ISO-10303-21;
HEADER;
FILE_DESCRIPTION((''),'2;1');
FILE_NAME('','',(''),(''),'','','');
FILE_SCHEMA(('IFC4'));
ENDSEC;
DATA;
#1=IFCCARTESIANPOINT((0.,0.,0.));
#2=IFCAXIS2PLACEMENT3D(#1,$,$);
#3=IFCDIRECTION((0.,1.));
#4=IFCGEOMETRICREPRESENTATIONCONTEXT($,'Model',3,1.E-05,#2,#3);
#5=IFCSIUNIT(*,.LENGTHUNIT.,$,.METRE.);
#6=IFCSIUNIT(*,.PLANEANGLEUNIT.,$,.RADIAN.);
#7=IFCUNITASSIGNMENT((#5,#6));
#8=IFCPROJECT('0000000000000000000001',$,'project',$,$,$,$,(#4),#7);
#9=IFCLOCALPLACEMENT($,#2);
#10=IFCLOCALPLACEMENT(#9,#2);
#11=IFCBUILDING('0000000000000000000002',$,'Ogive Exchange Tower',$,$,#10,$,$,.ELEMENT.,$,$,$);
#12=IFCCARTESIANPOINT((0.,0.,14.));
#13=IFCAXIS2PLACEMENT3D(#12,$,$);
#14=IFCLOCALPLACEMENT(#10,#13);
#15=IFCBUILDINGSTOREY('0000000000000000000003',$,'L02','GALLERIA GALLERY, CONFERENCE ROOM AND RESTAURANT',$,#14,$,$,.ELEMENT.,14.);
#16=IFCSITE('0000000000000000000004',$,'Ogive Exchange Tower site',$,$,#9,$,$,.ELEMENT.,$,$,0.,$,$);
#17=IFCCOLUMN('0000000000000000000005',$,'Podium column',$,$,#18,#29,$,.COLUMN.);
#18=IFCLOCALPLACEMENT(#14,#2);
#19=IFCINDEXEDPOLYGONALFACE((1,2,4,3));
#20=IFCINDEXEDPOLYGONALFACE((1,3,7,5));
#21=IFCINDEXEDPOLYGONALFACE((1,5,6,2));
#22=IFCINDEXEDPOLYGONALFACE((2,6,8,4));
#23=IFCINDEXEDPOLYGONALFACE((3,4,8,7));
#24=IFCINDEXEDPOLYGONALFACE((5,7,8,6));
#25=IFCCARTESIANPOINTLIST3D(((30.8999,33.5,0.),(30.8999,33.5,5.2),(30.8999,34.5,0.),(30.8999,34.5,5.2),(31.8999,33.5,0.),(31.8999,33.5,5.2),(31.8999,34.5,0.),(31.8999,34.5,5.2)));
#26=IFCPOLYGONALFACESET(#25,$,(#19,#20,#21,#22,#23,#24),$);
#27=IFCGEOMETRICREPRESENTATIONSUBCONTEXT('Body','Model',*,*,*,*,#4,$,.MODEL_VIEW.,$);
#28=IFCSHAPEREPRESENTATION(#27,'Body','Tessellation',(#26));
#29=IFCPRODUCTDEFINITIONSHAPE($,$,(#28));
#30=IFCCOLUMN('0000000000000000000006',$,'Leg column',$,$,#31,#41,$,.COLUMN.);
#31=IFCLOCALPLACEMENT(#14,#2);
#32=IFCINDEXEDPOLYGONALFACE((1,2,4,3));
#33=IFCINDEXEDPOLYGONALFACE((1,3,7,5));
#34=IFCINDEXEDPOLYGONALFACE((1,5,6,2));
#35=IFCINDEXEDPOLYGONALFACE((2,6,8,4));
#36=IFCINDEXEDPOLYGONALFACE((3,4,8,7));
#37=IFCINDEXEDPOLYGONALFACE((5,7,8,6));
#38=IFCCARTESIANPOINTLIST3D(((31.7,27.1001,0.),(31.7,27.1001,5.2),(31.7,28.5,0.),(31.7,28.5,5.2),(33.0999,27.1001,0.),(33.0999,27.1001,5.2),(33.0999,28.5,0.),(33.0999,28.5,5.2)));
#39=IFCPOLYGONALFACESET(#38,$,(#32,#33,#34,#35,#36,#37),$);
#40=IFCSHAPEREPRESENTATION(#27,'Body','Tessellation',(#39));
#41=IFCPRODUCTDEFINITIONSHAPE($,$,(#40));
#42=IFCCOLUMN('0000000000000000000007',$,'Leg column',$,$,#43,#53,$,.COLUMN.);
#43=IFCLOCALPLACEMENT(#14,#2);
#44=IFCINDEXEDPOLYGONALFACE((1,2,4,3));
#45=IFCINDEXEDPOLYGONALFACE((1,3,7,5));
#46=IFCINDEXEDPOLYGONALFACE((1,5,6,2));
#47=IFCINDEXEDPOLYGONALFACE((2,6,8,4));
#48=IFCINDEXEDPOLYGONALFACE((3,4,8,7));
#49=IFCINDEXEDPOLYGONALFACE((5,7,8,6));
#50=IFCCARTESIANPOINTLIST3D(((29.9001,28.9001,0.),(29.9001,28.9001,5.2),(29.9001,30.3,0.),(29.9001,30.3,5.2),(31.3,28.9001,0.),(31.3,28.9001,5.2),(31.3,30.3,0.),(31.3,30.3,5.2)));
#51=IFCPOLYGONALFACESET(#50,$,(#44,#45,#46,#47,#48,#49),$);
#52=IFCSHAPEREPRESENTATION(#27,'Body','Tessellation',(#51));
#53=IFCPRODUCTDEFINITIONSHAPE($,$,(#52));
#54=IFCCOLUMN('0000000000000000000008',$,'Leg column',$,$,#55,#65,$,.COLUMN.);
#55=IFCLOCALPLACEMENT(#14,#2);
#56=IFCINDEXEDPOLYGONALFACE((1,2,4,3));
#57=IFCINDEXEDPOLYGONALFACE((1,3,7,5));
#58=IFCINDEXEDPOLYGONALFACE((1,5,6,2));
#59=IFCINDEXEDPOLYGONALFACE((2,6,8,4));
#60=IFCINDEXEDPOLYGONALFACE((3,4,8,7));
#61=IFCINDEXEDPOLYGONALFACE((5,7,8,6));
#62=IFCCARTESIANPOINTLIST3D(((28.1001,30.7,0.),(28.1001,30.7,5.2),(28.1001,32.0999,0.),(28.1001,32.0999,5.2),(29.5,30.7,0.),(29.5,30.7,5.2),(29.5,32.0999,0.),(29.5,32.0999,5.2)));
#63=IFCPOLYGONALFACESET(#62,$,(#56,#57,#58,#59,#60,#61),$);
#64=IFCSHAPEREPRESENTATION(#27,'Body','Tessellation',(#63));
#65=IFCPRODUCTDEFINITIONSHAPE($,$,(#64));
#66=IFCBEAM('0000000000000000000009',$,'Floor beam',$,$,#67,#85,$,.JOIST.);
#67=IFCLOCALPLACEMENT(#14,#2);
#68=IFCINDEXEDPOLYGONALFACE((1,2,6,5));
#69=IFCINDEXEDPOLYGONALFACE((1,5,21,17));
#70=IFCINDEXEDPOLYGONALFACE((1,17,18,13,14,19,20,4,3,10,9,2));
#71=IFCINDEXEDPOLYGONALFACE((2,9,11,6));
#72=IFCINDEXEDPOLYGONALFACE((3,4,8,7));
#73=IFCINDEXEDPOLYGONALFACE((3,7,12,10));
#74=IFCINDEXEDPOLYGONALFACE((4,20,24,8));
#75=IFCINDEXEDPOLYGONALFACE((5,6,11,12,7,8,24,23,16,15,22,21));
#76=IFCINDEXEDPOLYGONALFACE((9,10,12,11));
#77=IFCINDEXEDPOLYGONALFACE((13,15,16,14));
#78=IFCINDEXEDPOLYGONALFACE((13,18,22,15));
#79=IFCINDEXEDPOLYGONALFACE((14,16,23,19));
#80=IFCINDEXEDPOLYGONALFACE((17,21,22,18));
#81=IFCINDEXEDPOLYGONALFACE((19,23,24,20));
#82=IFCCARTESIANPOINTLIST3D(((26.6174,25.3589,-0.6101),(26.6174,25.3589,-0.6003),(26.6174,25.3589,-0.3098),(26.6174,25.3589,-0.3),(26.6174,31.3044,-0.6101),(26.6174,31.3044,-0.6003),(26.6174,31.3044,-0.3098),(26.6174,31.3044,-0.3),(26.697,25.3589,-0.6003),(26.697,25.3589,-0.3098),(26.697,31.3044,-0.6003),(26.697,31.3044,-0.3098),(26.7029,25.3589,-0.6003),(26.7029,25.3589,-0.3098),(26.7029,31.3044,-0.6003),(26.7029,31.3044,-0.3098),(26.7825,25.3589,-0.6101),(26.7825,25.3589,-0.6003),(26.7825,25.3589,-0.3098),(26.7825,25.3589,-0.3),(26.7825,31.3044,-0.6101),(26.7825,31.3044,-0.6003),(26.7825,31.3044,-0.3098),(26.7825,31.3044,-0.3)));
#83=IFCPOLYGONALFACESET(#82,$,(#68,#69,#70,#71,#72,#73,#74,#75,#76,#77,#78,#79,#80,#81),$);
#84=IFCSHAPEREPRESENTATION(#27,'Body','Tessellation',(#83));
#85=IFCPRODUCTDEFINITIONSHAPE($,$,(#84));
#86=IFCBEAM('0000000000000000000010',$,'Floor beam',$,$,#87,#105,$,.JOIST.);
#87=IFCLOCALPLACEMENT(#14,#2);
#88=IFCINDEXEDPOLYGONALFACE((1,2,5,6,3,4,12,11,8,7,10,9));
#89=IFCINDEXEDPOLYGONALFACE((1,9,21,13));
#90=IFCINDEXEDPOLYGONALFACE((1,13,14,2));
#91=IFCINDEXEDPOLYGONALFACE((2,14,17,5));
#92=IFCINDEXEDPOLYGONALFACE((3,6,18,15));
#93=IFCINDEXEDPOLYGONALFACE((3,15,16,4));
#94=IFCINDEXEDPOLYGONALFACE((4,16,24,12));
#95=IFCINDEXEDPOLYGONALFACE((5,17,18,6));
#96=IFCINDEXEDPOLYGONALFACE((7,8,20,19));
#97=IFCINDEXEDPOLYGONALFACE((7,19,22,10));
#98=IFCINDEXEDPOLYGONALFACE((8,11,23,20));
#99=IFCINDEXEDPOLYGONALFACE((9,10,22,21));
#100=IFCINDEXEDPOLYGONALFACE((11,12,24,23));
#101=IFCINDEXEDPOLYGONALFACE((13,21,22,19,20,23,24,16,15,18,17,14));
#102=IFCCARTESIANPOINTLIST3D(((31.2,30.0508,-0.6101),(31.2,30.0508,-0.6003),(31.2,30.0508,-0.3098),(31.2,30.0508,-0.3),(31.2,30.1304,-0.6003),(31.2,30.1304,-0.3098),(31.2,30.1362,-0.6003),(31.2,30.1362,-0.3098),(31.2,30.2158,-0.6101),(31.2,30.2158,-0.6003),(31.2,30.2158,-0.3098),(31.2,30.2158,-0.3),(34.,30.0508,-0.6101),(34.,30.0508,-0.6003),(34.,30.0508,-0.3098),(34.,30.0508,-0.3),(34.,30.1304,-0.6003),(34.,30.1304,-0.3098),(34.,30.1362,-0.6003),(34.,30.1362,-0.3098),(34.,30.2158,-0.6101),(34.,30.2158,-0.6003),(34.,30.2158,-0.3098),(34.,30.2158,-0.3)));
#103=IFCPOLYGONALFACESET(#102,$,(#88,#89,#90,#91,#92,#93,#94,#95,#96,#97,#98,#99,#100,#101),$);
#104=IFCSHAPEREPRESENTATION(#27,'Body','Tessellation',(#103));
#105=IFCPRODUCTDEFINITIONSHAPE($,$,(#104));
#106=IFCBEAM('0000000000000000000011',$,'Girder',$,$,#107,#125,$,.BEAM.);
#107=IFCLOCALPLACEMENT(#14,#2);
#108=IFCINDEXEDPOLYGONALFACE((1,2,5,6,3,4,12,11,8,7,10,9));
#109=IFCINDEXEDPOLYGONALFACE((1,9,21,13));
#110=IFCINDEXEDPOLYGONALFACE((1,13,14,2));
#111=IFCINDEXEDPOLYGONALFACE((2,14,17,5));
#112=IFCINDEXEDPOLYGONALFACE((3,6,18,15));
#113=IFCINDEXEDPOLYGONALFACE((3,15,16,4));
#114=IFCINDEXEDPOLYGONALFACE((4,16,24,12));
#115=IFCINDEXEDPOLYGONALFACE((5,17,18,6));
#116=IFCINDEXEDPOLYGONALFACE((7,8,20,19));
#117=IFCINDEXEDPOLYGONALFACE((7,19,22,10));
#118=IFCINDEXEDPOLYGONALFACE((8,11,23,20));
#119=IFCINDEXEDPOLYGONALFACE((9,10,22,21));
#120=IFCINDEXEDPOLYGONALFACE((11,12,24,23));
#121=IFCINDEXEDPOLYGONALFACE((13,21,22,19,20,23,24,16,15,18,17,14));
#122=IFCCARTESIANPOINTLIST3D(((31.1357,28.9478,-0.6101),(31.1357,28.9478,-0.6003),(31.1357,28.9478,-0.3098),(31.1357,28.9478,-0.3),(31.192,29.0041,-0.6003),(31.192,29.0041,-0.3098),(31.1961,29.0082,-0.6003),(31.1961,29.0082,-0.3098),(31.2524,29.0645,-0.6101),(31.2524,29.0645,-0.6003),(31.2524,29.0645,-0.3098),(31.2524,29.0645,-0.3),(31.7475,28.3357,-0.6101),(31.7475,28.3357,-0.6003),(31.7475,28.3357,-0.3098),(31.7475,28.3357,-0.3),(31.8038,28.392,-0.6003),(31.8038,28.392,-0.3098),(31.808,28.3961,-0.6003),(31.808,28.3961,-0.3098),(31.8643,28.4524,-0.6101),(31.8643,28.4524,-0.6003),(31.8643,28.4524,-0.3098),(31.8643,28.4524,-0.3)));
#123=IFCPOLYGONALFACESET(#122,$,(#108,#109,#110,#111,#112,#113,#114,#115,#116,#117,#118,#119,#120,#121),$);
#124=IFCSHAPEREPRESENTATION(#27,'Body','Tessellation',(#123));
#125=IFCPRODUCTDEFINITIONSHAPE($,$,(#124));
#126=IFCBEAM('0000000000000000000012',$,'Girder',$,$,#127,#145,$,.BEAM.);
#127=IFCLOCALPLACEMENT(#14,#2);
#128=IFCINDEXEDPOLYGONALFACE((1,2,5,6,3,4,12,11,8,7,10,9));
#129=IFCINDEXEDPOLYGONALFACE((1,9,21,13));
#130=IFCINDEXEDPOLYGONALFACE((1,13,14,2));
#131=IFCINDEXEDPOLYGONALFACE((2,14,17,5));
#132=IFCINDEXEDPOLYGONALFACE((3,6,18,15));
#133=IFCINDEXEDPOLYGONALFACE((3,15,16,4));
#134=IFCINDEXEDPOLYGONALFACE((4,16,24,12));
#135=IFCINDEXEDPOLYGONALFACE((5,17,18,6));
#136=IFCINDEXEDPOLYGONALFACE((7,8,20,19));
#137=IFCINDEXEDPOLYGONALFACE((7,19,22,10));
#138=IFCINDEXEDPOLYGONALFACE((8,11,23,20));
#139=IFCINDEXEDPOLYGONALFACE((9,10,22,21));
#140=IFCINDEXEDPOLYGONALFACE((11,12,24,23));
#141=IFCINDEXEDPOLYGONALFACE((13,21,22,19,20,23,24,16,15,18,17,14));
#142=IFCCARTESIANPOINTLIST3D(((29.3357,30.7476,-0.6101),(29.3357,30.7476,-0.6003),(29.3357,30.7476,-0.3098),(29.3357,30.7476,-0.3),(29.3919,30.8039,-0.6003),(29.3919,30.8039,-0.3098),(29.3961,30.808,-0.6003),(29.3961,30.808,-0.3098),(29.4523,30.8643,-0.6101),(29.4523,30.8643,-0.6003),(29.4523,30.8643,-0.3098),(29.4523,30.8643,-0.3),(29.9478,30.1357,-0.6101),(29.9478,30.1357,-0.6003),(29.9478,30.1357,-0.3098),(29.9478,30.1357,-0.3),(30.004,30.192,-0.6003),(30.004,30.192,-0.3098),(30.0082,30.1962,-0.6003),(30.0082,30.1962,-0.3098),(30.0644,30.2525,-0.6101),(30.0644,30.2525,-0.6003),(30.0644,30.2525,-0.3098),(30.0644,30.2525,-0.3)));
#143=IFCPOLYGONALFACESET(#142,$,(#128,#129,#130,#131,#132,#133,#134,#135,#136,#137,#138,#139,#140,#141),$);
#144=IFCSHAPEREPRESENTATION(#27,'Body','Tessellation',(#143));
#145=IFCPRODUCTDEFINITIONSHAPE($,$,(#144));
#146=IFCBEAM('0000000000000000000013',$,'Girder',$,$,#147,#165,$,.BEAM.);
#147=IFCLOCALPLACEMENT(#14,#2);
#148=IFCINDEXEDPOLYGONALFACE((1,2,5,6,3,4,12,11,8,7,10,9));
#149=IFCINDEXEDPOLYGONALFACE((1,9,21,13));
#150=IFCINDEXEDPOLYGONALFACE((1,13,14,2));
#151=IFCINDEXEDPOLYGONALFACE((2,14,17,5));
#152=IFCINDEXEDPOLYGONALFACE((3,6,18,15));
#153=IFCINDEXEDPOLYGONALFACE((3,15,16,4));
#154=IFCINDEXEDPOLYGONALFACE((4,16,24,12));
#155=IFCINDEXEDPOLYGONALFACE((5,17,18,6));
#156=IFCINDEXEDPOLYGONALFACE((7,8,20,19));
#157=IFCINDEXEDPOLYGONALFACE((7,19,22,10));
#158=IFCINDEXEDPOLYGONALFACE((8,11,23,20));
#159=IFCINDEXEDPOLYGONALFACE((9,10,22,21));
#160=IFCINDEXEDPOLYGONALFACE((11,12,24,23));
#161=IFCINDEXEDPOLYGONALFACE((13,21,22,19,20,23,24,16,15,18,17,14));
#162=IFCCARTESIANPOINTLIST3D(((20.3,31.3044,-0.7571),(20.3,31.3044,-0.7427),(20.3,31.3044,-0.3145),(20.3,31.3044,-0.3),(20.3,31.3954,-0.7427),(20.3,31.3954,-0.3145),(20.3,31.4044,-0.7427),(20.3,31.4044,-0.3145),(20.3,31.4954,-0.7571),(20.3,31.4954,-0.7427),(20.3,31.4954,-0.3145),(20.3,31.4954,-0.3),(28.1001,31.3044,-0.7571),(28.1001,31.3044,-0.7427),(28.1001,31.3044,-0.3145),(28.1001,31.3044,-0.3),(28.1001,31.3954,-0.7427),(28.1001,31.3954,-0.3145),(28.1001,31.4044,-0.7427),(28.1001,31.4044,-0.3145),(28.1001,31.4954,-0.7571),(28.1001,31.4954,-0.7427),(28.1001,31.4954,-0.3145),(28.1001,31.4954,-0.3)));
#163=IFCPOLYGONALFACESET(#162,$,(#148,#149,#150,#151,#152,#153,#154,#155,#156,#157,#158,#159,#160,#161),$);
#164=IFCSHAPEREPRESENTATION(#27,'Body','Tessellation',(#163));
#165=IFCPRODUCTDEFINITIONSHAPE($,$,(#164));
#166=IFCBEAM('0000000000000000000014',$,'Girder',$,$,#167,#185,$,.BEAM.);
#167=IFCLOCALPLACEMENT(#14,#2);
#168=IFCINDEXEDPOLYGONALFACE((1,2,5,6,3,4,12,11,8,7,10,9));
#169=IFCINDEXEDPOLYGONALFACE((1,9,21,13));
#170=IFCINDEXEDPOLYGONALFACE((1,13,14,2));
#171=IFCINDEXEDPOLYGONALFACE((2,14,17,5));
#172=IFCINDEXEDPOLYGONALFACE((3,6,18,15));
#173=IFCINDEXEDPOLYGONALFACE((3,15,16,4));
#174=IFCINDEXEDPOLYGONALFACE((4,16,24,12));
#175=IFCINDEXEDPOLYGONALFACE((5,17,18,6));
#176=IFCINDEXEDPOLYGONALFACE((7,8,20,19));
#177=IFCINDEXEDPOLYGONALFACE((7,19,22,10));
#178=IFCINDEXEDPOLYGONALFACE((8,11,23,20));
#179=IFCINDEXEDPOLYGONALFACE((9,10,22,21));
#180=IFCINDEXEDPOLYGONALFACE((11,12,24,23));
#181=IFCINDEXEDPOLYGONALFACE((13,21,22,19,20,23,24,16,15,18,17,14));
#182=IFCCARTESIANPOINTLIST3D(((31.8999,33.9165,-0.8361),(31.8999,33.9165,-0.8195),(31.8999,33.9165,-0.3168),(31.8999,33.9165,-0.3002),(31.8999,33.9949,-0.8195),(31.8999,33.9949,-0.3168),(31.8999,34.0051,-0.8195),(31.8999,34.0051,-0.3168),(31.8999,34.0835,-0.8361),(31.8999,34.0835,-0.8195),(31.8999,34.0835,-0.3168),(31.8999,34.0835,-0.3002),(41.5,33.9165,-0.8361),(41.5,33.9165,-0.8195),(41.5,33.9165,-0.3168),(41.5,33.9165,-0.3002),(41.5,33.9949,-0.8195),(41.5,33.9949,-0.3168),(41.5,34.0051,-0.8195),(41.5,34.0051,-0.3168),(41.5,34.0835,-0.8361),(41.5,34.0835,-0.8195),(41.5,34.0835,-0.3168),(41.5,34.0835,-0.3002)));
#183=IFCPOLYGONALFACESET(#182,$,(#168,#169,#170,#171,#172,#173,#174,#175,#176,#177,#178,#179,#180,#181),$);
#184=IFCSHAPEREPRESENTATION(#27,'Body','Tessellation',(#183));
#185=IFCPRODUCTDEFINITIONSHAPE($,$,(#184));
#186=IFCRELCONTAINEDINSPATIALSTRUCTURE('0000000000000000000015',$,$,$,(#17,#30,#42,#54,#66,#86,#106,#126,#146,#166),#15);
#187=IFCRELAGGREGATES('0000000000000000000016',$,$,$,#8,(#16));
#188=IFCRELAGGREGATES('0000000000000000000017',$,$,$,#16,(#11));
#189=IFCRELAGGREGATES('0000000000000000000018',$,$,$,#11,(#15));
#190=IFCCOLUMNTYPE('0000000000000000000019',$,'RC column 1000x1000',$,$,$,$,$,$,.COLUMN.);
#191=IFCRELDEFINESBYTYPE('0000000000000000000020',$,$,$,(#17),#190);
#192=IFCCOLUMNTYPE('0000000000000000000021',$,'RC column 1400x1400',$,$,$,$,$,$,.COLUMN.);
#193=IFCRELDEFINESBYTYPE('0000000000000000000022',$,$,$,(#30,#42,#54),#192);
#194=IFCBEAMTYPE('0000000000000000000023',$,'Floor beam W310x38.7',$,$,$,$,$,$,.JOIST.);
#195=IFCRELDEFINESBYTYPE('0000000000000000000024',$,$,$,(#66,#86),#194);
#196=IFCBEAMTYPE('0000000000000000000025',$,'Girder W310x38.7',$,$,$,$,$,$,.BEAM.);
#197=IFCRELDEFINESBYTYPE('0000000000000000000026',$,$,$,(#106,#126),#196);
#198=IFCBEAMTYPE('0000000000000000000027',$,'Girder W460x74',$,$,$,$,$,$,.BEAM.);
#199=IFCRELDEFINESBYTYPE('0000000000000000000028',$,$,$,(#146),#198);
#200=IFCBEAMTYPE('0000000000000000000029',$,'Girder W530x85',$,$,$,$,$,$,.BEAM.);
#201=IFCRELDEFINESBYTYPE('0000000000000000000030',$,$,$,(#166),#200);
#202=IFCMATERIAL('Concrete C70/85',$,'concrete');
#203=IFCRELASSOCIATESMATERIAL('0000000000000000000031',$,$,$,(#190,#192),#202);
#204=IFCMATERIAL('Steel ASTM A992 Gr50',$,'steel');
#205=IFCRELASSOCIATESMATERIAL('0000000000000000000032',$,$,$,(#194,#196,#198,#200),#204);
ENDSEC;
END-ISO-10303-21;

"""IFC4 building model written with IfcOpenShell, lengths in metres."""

from ifc_helpers import new_model, si_unit, direction, frame, origin, origin_2d, place, context, subcontext, project, spatial, rectangle, i_section, extrude, material, material_profile, profile_set, type_object, element, save


model = new_model("IFC4")

# Units and contexts
model_context = context("Model", 3, precision=1e-05, world=origin(), true_north=direction((0.0, 1.0)))
body_context = subcontext(model_context, "Body", "Model", "MODEL_VIEW")
ifc_project = project(units=[si_unit("LENGTHUNIT", "METRE"), si_unit("PLANEANGLEUNIT", "RADIAN")], contexts=[model_context])

# Site, building, storey
site_placement = place(None, origin())
site = spatial("IfcSite", under=ifc_project, at=site_placement, Name="Ogive Exchange Tower site", CompositionType="ELEMENT", RefElevation=0.0)
building_placement = place(site_placement, origin())
building = spatial("IfcBuilding", under=site, at=building_placement, Name="Ogive Exchange Tower", CompositionType="ELEMENT")
storey_placement = place(building_placement, frame((0.0, 0.0, 14.0)))
storey = spatial("IfcBuildingStorey", under=building, at=storey_placement, Name="L02", Description="GALLERIA GALLERY, CONFERENCE ROOM AND RESTAURANT", CompositionType="ELEMENT", Elevation=14.0)

# Columns
ifc_material_1 = material(Name="Concrete C70/85", Category="concrete")
ifc_material_profile_1 = material_profile(ifc_material_1, rectangle(XDim=1.0, YDim=1.0, at=origin_2d()), Name="RC 1000x1000")
ifc_profile_set_1 = profile_set([ifc_material_profile_1], Name="Concrete C70/85")
column_type_1 = type_object("IfcColumnType", Name="RC column 1000x1000", PredefinedType="COLUMN", material=ifc_profile_set_1)
column_placement = place(storey_placement, frame((31.3999, 34.0, 0.0), z_axis=(0.0, 0.0, 1.0), x_axis=(1.0, 0.0, 0.0)))
element("IfcColumn", 1, at=column_placement, inside=storey, type_object=column_type_1, Name="Podium column", PredefinedType="COLUMN", context=body_context, shape_type="SweptSolid", body=[
    extrude(rectangle(XDim=1.0, YDim=1.0, at=origin_2d()), origin(), (0.0, 0.0, 1.0), 5.2),
])
ifc_material_profile_2 = material_profile(ifc_material_1, rectangle(XDim=1.3999, YDim=1.3999, at=origin_2d()), Name="RC 1400x1400")
ifc_profile_set_2 = profile_set([ifc_material_profile_2], Name="Concrete C70/85")
column_type_2 = type_object("IfcColumnType", Name="RC column 1400x1400", PredefinedType="COLUMN", material=ifc_profile_set_2)
for number, where, z_axis, x_axis, name in (
    (2, (32.3999, 27.8, 0.0), (0.0, 0.0, 1.0), (1.0, 0.0, 0.0), "Leg column"),
    (3, (30.6001, 29.6001, 0.0), (0.0, 0.0, 1.0), (1.0, 0.0, 0.0), "Leg column"),
    (4, (28.8, 31.3999, 0.0), (0.0, 0.0, 1.0), (1.0, 0.0, 0.0), "Leg column"),
):
    element("IfcColumn", number, at=place(storey_placement, frame(where, z_axis=z_axis, x_axis=x_axis)), inside=storey, type_object=column_type_2, Name=name, PredefinedType="COLUMN", context=body_context, shape_type="SweptSolid", body=[
        extrude(rectangle(XDim=1.3999, YDim=1.3999, at=origin_2d()), origin(), (0.0, 0.0, 1.0), 5.2),
    ])

# Beams
ifc_material_2 = material(Name="Steel ASTM A992 Gr50", Category="steel")
ifc_material_profile_3 = material_profile(ifc_material_2, i_section(OverallWidth=0.165, OverallDepth=0.3101, WebThickness=0.0059, FlangeThickness=0.0098, at=origin_2d()), Name="W310x38.7")
ifc_profile_set_3 = profile_set([ifc_material_profile_3], Name="Steel ASTM A992 Gr50")
beam_type_1 = type_object("IfcBeamType", Name="Floor beam W310x38.7", PredefinedType="JOIST", material=ifc_profile_set_3)
beam_1_placement = place(storey_placement, frame((26.7, 25.3589, -0.4551), z_axis=(0.0, 1.0, 0.0), x_axis=(-1.0, 0.0, 0.0)))
element("IfcBeam", 5, at=beam_1_placement, inside=storey, type_object=beam_type_1, Name="Floor beam", PredefinedType="JOIST", context=body_context, shape_type="SweptSolid", body=[
    extrude(i_section(OverallWidth=0.165, OverallDepth=0.3101, WebThickness=0.0059, FlangeThickness=0.0098, at=origin_2d()), origin(), (0.0, 0.0, 1.0), 5.9456),
])
beam_2_placement = place(storey_placement, frame((31.2, 30.1333, -0.4551), z_axis=(1.0, 0.0, 0.0), x_axis=(0.0, 1.0, 0.0)))
element("IfcBeam", 6, at=beam_2_placement, inside=storey, type_object=beam_type_1, Name="Floor beam", PredefinedType="JOIST", context=body_context, shape_type="SweptSolid", body=[
    extrude(i_section(OverallWidth=0.165, OverallDepth=0.3101, WebThickness=0.0059, FlangeThickness=0.0098, at=origin_2d()), origin(), (0.0, 0.0, 1.0), 2.8),
])
ifc_material_profile_4 = material_profile(ifc_material_2, i_section(OverallWidth=0.165, OverallDepth=0.3101, WebThickness=0.0059, FlangeThickness=0.0098, at=origin_2d()), Name="W310x38.7")
ifc_profile_set_4 = profile_set([ifc_material_profile_4], Name="Steel ASTM A992 Gr50")
beam_type_2 = type_object("IfcBeamType", Name="Girder W310x38.7", PredefinedType="BEAM", material=ifc_profile_set_4)
for number, where, z_axis, x_axis, name in (
    (7, (31.8059, 28.394, -0.4551), (-0.706966, 0.707248, 0.0), (-0.707248, -0.706966, 0.0), "Girder"),
    (8, (30.0061, 30.1941, -0.4551), (-0.707248, 0.706966, 0.0), (-0.706966, -0.707248, 0.0), "Girder"),
):
    element("IfcBeam", number, at=place(storey_placement, frame(where, z_axis=z_axis, x_axis=x_axis)), inside=storey, type_object=beam_type_2, Name=name, PredefinedType="BEAM", context=body_context, shape_type="SweptSolid", body=[
        extrude(i_section(OverallWidth=0.165, OverallDepth=0.3101, WebThickness=0.0059, FlangeThickness=0.0098, at=origin_2d()), origin(), (0.0, 0.0, 1.0), 0.8655),
    ])
ifc_material_profile_5 = material_profile(ifc_material_2, i_section(OverallWidth=0.1909, OverallDepth=0.457, WebThickness=0.009, FlangeThickness=0.0144, at=origin_2d()), Name="W460x74")
ifc_profile_set_5 = profile_set([ifc_material_profile_5], Name="Steel ASTM A992 Gr50")
beam_type_3 = type_object("IfcBeamType", Name="Girder W460x74", PredefinedType="BEAM", material=ifc_profile_set_5)
beam_3_placement = place(storey_placement, frame((28.1001, 31.3999, -0.5286), z_axis=(-1.0, 0.0, 0.0), x_axis=(0.0, -1.0, 0.0)))
element("IfcBeam", 9, at=beam_3_placement, inside=storey, type_object=beam_type_3, Name="Girder", PredefinedType="BEAM", context=body_context, shape_type="SweptSolid", body=[
    extrude(i_section(OverallWidth=0.1909, OverallDepth=0.457, WebThickness=0.009, FlangeThickness=0.0144, at=origin_2d()), origin(), (0.0, 0.0, 1.0), 7.8),
])
ifc_material_profile_6 = material_profile(ifc_material_2, i_section(OverallWidth=0.167, OverallDepth=0.5359, WebThickness=0.0103, FlangeThickness=0.0166, at=origin_2d()), Name="W530x85")
ifc_profile_set_6 = profile_set([ifc_material_profile_6], Name="Steel ASTM A992 Gr50")
beam_type_4 = type_object("IfcBeamType", Name="Girder W530x85", PredefinedType="BEAM", material=ifc_profile_set_6)
beam_4_placement = place(storey_placement, frame((31.8999, 34.0, -0.5681), z_axis=(1.0, 0.0, 0.0), x_axis=(0.0, 1.0, 0.0)))
element("IfcBeam", 10, at=beam_4_placement, inside=storey, type_object=beam_type_4, Name="Girder", PredefinedType="BEAM", context=body_context, shape_type="SweptSolid", body=[
    extrude(i_section(OverallWidth=0.167, OverallDepth=0.5359, WebThickness=0.0103, FlangeThickness=0.0166, at=origin_2d()), origin(), (0.0, 0.0, 1.0), 9.6001),
])

save(model, "model.ifc")
